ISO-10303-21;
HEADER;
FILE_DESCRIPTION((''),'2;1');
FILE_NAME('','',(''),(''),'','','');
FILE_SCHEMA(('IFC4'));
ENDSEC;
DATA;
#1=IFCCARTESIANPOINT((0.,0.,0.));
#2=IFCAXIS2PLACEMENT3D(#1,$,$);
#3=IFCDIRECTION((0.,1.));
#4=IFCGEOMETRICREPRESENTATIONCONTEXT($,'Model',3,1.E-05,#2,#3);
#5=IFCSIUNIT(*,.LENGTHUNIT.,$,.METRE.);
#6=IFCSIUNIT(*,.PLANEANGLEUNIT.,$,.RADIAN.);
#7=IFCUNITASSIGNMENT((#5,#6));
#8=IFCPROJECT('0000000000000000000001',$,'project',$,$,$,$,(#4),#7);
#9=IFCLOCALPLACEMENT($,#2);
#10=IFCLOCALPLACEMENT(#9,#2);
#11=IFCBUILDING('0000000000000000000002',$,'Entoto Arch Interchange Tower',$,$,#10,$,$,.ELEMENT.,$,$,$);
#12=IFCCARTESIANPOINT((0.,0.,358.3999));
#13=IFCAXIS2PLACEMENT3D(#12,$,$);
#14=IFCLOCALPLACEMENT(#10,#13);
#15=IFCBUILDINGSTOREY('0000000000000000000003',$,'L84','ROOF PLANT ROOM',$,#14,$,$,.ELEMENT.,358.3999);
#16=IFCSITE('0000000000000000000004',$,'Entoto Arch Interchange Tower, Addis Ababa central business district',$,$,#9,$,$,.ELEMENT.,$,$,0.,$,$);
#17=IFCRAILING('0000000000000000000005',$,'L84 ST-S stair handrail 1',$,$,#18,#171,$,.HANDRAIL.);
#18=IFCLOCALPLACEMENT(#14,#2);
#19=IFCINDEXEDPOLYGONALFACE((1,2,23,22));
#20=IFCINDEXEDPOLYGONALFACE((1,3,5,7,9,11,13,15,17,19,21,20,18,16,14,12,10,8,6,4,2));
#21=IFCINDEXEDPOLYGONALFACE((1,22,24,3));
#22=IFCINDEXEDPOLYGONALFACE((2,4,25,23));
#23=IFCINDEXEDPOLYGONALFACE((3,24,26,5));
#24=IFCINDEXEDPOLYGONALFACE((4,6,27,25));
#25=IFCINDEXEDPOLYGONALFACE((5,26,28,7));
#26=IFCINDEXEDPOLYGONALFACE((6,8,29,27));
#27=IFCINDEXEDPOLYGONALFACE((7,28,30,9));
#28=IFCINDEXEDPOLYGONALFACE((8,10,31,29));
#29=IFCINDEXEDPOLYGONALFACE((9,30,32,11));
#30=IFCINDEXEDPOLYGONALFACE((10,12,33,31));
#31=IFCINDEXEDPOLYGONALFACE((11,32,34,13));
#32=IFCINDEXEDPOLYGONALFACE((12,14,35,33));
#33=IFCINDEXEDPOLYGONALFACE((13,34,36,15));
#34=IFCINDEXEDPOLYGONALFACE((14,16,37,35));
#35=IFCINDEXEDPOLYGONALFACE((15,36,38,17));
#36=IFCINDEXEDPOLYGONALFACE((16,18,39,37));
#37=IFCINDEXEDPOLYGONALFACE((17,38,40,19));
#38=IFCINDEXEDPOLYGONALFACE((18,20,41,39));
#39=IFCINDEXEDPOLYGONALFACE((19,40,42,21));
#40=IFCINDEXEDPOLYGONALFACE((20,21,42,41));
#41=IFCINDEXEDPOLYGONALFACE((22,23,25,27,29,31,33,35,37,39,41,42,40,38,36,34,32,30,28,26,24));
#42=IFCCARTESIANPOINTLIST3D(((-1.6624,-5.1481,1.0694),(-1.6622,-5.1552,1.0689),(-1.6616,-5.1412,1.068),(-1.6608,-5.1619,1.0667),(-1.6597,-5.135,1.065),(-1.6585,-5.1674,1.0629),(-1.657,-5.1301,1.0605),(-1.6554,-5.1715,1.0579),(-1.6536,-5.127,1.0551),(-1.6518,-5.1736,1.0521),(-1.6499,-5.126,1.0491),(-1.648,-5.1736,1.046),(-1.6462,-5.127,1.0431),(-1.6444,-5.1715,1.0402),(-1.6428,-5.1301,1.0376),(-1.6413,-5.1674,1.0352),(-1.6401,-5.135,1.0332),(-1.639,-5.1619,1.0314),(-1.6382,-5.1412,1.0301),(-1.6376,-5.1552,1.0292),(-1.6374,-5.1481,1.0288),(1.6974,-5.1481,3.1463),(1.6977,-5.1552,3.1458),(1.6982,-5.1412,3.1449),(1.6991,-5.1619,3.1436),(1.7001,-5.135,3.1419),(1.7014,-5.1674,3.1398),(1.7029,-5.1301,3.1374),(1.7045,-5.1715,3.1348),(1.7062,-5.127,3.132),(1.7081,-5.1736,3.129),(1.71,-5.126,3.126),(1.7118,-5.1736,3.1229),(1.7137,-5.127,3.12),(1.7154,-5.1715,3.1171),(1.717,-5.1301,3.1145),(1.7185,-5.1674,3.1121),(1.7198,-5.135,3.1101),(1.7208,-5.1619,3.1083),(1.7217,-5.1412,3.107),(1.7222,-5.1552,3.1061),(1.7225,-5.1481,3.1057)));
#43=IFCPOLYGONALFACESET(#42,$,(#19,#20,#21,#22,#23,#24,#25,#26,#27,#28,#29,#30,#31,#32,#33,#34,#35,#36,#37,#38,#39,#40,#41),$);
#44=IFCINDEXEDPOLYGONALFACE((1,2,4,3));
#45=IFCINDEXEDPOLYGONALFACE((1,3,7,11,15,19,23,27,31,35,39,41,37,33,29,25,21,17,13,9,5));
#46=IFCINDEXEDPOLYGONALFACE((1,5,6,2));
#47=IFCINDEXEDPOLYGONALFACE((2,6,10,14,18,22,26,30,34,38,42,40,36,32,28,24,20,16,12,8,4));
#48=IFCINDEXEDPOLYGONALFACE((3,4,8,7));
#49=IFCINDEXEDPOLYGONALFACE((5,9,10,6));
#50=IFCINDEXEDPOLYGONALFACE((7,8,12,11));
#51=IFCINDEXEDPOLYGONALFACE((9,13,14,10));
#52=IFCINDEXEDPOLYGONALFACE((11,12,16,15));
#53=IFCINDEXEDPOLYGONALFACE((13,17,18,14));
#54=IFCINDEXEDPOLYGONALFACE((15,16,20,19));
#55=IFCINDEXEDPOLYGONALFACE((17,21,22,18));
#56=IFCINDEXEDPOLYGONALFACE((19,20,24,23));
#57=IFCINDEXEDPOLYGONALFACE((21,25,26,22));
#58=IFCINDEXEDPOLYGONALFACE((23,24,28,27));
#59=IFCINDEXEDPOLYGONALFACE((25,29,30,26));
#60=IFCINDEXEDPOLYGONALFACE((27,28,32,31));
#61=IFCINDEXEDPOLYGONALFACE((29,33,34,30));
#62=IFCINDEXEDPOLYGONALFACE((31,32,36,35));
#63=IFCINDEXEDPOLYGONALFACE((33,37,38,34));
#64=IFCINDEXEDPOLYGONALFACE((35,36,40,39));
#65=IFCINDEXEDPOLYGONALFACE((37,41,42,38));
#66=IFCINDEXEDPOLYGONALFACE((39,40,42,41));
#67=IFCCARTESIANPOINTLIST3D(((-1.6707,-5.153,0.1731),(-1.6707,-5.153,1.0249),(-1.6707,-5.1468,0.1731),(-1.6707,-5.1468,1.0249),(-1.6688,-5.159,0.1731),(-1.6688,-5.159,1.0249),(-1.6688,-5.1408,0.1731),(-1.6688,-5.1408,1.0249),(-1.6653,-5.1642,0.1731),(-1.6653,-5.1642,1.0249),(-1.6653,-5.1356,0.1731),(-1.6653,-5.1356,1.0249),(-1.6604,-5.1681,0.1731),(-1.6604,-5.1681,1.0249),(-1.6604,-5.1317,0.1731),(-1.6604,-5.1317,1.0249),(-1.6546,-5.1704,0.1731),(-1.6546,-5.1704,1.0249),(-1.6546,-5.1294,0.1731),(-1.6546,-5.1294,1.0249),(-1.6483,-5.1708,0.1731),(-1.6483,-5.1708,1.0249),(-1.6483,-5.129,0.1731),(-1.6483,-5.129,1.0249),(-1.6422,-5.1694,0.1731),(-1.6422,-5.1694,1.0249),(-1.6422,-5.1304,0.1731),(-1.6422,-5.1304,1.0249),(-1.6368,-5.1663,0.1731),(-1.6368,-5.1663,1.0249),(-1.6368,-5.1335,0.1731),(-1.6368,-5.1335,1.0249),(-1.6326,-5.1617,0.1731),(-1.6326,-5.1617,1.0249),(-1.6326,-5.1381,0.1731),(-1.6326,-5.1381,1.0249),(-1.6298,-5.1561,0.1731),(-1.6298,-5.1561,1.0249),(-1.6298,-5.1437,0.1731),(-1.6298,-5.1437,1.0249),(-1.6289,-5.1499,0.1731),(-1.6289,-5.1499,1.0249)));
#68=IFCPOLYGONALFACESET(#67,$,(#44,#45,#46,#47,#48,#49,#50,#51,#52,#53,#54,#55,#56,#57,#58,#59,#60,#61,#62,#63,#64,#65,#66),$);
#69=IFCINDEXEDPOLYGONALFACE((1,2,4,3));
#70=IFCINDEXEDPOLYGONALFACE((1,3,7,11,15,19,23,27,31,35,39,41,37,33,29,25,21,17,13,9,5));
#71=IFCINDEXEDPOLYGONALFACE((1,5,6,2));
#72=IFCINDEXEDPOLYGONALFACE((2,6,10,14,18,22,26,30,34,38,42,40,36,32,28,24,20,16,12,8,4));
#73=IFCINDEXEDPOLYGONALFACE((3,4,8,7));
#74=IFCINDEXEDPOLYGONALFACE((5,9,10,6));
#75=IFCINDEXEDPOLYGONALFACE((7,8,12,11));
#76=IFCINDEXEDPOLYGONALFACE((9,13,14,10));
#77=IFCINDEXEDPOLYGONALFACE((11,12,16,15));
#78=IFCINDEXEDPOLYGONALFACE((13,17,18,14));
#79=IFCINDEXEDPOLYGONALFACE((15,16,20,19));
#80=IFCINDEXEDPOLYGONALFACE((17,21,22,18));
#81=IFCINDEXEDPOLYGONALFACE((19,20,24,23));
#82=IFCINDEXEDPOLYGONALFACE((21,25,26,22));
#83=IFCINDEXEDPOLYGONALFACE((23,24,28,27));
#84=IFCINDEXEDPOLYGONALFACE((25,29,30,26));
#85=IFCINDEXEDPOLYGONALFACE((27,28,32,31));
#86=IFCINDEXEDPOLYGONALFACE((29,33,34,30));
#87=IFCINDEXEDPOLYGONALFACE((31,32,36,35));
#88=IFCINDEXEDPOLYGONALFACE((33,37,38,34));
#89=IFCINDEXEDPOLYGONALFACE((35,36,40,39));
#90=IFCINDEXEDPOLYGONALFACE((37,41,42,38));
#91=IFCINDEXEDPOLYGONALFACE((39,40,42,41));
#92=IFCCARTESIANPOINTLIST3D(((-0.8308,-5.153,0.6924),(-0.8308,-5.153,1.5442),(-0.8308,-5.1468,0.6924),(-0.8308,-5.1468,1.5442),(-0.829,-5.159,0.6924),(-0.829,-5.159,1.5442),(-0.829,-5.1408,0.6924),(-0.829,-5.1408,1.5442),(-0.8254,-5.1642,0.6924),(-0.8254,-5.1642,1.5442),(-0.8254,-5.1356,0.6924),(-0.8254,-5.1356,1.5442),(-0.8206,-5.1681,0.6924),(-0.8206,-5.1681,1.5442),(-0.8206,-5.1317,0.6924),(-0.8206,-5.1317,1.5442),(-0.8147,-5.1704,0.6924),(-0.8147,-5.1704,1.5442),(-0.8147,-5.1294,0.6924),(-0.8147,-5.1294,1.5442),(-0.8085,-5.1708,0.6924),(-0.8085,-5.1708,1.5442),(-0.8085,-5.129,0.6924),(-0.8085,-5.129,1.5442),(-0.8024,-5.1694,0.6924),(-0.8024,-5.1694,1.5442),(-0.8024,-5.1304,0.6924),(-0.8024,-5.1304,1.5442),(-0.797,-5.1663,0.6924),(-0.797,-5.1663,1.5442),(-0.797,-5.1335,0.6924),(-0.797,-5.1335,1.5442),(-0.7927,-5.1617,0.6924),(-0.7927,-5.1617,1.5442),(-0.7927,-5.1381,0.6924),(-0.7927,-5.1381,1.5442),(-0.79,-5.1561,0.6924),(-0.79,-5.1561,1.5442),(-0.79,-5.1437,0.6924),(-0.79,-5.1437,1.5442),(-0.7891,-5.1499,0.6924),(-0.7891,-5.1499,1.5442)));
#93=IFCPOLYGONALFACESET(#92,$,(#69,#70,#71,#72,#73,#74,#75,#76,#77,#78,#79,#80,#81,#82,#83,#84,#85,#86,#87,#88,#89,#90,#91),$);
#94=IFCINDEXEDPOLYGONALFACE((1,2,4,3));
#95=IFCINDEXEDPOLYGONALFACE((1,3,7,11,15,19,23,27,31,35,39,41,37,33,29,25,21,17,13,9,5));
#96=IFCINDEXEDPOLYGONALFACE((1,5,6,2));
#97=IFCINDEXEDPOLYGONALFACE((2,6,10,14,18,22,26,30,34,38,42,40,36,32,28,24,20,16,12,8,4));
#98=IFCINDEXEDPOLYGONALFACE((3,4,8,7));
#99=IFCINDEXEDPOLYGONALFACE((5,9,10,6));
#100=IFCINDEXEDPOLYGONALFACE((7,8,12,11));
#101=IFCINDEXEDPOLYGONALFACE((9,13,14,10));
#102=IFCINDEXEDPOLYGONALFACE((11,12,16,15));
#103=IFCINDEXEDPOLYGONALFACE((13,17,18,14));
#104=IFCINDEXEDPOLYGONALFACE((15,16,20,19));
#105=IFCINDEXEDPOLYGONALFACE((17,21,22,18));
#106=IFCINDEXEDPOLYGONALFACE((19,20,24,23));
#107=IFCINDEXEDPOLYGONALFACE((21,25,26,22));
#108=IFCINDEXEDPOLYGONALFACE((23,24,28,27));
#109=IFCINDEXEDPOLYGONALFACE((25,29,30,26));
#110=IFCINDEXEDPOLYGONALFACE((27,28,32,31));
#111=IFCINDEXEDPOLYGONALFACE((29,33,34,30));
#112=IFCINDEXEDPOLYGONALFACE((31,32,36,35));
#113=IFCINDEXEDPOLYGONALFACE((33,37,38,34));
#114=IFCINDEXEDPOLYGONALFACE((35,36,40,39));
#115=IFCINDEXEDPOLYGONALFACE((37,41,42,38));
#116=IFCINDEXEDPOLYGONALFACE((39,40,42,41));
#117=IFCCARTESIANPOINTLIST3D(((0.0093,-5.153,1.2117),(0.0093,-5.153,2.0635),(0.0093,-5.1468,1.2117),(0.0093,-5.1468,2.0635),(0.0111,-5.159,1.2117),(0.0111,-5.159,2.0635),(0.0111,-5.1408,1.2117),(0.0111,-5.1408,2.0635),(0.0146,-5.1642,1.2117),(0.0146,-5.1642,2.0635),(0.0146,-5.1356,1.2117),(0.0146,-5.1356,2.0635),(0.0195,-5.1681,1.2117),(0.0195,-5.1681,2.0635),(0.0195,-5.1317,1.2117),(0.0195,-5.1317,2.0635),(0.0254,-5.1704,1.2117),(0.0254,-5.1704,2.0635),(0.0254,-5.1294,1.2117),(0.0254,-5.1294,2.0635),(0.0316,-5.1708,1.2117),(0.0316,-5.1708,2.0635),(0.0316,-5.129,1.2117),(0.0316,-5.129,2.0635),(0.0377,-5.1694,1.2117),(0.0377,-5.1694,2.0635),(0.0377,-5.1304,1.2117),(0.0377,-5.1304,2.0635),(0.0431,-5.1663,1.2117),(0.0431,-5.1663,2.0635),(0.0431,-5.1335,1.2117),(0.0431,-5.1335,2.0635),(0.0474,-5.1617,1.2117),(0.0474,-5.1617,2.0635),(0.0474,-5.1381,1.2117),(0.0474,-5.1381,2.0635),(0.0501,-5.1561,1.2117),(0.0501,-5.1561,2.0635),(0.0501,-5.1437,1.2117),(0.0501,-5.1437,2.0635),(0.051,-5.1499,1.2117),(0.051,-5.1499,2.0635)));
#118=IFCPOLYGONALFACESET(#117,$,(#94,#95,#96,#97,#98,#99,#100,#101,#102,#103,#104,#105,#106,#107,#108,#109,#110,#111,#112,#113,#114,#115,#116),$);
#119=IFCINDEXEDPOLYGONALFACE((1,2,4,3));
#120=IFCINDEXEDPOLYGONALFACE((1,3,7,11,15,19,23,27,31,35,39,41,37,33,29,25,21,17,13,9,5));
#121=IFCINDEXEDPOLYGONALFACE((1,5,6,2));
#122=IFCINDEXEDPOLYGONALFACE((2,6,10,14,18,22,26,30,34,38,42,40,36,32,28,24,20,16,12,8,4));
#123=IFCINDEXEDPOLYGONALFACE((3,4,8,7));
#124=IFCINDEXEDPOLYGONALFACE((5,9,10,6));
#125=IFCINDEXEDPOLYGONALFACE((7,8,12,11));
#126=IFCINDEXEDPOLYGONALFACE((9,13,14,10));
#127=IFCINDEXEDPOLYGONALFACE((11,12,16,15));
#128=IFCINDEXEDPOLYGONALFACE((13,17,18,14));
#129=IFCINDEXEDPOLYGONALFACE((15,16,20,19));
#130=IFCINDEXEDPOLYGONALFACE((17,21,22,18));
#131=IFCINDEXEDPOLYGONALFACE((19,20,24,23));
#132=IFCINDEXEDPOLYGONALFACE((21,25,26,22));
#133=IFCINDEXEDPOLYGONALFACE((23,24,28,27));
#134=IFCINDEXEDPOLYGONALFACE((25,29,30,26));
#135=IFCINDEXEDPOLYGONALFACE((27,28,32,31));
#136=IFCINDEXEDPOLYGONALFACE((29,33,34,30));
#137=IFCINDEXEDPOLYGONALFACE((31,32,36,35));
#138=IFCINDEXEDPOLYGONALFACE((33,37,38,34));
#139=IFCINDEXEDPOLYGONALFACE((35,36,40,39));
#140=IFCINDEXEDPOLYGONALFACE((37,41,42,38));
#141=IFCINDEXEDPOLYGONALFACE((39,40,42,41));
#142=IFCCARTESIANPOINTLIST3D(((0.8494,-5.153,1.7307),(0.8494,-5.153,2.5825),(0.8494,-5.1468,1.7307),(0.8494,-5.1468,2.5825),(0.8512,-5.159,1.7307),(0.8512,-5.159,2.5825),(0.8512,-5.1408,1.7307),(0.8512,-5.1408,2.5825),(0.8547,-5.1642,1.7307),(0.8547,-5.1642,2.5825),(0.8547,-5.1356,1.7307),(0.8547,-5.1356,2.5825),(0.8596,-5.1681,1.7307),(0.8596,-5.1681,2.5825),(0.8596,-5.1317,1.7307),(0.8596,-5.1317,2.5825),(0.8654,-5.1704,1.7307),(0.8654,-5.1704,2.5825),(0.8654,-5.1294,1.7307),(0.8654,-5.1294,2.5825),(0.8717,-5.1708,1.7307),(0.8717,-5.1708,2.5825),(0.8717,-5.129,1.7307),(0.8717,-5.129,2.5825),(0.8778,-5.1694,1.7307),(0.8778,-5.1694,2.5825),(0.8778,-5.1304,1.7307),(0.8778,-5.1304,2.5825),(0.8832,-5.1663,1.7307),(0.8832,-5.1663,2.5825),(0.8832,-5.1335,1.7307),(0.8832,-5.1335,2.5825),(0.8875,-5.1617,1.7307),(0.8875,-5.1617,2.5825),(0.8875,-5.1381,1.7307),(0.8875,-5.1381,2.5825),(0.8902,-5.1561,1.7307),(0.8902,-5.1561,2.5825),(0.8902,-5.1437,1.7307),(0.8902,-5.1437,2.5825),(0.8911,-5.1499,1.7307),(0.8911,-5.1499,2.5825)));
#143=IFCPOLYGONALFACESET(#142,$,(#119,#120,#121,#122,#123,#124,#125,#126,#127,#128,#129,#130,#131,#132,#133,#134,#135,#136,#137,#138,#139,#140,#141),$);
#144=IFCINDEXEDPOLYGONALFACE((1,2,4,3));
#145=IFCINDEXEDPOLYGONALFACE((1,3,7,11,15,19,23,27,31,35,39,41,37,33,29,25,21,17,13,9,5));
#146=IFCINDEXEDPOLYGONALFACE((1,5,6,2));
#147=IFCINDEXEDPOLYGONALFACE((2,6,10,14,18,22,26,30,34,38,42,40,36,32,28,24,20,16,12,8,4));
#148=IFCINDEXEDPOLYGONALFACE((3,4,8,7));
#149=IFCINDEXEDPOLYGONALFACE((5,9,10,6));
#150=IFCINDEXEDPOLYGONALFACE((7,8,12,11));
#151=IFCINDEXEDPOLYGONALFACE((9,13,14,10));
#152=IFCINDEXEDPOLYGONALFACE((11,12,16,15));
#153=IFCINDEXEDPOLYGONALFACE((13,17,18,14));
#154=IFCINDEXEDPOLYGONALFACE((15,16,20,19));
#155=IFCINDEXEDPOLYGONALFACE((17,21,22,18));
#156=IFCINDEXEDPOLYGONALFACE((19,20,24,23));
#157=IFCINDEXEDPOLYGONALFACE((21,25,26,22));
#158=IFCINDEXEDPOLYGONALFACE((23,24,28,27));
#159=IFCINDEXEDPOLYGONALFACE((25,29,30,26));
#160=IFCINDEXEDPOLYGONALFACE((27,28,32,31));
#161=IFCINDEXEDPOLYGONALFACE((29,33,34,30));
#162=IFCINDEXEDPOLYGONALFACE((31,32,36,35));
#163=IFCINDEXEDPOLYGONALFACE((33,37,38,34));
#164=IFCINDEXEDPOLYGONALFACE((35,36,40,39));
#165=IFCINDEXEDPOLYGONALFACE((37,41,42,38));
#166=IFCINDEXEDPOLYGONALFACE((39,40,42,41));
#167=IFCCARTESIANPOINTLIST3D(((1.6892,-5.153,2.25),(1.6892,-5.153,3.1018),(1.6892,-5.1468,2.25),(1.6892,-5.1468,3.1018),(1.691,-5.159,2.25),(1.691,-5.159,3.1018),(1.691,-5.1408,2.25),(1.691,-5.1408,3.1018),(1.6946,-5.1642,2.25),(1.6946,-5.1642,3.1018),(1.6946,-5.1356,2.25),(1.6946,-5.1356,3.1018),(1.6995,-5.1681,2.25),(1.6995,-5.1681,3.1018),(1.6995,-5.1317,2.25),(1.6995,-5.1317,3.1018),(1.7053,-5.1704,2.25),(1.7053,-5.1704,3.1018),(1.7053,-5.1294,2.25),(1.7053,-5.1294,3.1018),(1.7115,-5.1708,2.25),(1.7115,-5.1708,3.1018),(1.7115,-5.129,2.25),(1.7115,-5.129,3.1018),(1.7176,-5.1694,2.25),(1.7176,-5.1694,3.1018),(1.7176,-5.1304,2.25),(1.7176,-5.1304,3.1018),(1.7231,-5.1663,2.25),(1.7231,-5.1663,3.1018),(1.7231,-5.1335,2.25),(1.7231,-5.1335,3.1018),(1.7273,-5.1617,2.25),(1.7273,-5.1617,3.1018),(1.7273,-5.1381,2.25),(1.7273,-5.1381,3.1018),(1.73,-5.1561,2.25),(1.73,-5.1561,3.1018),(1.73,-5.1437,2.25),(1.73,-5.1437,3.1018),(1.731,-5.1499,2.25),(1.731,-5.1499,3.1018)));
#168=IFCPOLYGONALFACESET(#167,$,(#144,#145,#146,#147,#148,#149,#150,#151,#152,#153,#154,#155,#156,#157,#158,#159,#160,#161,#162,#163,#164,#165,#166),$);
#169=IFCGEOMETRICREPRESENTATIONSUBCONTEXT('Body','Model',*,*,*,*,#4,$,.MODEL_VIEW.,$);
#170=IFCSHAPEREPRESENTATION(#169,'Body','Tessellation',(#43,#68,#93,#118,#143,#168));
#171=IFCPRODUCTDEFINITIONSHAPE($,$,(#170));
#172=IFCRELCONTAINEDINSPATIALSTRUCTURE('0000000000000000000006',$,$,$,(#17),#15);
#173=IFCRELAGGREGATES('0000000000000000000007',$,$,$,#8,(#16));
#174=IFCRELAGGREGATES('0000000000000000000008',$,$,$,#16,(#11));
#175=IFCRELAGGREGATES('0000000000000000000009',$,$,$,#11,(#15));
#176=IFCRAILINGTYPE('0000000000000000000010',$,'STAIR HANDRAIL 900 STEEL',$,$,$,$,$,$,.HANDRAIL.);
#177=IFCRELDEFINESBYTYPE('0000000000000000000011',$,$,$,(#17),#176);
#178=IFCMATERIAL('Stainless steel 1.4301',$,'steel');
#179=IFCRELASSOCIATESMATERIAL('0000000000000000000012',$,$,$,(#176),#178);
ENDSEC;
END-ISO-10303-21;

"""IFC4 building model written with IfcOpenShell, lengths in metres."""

from ifc_helpers import new_model, si_unit, direction, frame, origin, origin_2d, place, context, subcontext, project, spatial, circle, extrude, material, type_object, element, save


model = new_model("IFC4")

# Units and contexts
model_context = context("Model", 3, precision=1e-05, world=origin(), true_north=direction((0.0, 1.0)))
body_context = subcontext(model_context, "Body", "Model", "MODEL_VIEW")
ifc_project = project(units=[si_unit("LENGTHUNIT", "METRE"), si_unit("PLANEANGLEUNIT", "RADIAN")], contexts=[model_context])

# Site, building, storey
site_placement = place(None, origin())
site = spatial("IfcSite", under=ifc_project, at=site_placement, Name="Entoto Arch Interchange Tower, Addis Ababa central business district", CompositionType="ELEMENT", RefElevation=0.0)
building_placement = place(site_placement, origin())
building = spatial("IfcBuilding", under=site, at=building_placement, Name="Entoto Arch Interchange Tower", CompositionType="ELEMENT")
storey_placement = place(building_placement, frame((0.0, 0.0, 358.3999)))
storey = spatial("IfcBuildingStorey", under=building, at=storey_placement, Name="L84", Description="ROOF PLANT ROOM", CompositionType="ELEMENT", Elevation=358.3999)

# Railing
ifc_material_1 = material(Name="Stainless steel 1.4301", Category="steel")
railing_type = type_object("IfcRailingType", Name="STAIR HANDRAIL 900 STEEL", PredefinedType="HANDRAIL", material=ifc_material_1)
railing_placement = place(storey_placement, frame((-1.6499, -5.1499, 0.1731)))
element("IfcRailing", 1, at=railing_placement, inside=storey, type_object=railing_type, Name="L84 ST-S stair handrail 1", PredefinedType="HANDRAIL", context=body_context, shape_type="SweptSolid", body=[
    extrude(circle(Radius=0.0239, at=origin_2d()), frame((0.0, 0.0, 0.876), z_axis=(0.850606, 0.0, 0.525803), x_axis=(0.0, 1.0, 0.0)), (0.0, 0.0, 1.0), 3.95),
    extrude(circle(Radius=0.021, at=origin_2d()), origin(), (0.0, 0.0, 1.0), 0.8518),
    extrude(circle(Radius=0.021, at=origin_2d()), frame((0.8398, 0.0, 0.5193)), (0.0, 0.0, 1.0), 0.8518),
    extrude(circle(Radius=0.021, at=origin_2d()), frame((1.6799, 0.0, 1.0386)), (0.0, 0.0, 1.0), 0.8518),
    extrude(circle(Radius=0.021, at=origin_2d()), frame((2.52, 0.0, 1.5576)), (0.0, 0.0, 1.0), 0.8518),
    extrude(circle(Radius=0.021, at=origin_2d()), frame((3.3599, 0.0, 2.0769)), (0.0, 0.0, 1.0), 0.8518),
])

save(model, "model.ifc")
